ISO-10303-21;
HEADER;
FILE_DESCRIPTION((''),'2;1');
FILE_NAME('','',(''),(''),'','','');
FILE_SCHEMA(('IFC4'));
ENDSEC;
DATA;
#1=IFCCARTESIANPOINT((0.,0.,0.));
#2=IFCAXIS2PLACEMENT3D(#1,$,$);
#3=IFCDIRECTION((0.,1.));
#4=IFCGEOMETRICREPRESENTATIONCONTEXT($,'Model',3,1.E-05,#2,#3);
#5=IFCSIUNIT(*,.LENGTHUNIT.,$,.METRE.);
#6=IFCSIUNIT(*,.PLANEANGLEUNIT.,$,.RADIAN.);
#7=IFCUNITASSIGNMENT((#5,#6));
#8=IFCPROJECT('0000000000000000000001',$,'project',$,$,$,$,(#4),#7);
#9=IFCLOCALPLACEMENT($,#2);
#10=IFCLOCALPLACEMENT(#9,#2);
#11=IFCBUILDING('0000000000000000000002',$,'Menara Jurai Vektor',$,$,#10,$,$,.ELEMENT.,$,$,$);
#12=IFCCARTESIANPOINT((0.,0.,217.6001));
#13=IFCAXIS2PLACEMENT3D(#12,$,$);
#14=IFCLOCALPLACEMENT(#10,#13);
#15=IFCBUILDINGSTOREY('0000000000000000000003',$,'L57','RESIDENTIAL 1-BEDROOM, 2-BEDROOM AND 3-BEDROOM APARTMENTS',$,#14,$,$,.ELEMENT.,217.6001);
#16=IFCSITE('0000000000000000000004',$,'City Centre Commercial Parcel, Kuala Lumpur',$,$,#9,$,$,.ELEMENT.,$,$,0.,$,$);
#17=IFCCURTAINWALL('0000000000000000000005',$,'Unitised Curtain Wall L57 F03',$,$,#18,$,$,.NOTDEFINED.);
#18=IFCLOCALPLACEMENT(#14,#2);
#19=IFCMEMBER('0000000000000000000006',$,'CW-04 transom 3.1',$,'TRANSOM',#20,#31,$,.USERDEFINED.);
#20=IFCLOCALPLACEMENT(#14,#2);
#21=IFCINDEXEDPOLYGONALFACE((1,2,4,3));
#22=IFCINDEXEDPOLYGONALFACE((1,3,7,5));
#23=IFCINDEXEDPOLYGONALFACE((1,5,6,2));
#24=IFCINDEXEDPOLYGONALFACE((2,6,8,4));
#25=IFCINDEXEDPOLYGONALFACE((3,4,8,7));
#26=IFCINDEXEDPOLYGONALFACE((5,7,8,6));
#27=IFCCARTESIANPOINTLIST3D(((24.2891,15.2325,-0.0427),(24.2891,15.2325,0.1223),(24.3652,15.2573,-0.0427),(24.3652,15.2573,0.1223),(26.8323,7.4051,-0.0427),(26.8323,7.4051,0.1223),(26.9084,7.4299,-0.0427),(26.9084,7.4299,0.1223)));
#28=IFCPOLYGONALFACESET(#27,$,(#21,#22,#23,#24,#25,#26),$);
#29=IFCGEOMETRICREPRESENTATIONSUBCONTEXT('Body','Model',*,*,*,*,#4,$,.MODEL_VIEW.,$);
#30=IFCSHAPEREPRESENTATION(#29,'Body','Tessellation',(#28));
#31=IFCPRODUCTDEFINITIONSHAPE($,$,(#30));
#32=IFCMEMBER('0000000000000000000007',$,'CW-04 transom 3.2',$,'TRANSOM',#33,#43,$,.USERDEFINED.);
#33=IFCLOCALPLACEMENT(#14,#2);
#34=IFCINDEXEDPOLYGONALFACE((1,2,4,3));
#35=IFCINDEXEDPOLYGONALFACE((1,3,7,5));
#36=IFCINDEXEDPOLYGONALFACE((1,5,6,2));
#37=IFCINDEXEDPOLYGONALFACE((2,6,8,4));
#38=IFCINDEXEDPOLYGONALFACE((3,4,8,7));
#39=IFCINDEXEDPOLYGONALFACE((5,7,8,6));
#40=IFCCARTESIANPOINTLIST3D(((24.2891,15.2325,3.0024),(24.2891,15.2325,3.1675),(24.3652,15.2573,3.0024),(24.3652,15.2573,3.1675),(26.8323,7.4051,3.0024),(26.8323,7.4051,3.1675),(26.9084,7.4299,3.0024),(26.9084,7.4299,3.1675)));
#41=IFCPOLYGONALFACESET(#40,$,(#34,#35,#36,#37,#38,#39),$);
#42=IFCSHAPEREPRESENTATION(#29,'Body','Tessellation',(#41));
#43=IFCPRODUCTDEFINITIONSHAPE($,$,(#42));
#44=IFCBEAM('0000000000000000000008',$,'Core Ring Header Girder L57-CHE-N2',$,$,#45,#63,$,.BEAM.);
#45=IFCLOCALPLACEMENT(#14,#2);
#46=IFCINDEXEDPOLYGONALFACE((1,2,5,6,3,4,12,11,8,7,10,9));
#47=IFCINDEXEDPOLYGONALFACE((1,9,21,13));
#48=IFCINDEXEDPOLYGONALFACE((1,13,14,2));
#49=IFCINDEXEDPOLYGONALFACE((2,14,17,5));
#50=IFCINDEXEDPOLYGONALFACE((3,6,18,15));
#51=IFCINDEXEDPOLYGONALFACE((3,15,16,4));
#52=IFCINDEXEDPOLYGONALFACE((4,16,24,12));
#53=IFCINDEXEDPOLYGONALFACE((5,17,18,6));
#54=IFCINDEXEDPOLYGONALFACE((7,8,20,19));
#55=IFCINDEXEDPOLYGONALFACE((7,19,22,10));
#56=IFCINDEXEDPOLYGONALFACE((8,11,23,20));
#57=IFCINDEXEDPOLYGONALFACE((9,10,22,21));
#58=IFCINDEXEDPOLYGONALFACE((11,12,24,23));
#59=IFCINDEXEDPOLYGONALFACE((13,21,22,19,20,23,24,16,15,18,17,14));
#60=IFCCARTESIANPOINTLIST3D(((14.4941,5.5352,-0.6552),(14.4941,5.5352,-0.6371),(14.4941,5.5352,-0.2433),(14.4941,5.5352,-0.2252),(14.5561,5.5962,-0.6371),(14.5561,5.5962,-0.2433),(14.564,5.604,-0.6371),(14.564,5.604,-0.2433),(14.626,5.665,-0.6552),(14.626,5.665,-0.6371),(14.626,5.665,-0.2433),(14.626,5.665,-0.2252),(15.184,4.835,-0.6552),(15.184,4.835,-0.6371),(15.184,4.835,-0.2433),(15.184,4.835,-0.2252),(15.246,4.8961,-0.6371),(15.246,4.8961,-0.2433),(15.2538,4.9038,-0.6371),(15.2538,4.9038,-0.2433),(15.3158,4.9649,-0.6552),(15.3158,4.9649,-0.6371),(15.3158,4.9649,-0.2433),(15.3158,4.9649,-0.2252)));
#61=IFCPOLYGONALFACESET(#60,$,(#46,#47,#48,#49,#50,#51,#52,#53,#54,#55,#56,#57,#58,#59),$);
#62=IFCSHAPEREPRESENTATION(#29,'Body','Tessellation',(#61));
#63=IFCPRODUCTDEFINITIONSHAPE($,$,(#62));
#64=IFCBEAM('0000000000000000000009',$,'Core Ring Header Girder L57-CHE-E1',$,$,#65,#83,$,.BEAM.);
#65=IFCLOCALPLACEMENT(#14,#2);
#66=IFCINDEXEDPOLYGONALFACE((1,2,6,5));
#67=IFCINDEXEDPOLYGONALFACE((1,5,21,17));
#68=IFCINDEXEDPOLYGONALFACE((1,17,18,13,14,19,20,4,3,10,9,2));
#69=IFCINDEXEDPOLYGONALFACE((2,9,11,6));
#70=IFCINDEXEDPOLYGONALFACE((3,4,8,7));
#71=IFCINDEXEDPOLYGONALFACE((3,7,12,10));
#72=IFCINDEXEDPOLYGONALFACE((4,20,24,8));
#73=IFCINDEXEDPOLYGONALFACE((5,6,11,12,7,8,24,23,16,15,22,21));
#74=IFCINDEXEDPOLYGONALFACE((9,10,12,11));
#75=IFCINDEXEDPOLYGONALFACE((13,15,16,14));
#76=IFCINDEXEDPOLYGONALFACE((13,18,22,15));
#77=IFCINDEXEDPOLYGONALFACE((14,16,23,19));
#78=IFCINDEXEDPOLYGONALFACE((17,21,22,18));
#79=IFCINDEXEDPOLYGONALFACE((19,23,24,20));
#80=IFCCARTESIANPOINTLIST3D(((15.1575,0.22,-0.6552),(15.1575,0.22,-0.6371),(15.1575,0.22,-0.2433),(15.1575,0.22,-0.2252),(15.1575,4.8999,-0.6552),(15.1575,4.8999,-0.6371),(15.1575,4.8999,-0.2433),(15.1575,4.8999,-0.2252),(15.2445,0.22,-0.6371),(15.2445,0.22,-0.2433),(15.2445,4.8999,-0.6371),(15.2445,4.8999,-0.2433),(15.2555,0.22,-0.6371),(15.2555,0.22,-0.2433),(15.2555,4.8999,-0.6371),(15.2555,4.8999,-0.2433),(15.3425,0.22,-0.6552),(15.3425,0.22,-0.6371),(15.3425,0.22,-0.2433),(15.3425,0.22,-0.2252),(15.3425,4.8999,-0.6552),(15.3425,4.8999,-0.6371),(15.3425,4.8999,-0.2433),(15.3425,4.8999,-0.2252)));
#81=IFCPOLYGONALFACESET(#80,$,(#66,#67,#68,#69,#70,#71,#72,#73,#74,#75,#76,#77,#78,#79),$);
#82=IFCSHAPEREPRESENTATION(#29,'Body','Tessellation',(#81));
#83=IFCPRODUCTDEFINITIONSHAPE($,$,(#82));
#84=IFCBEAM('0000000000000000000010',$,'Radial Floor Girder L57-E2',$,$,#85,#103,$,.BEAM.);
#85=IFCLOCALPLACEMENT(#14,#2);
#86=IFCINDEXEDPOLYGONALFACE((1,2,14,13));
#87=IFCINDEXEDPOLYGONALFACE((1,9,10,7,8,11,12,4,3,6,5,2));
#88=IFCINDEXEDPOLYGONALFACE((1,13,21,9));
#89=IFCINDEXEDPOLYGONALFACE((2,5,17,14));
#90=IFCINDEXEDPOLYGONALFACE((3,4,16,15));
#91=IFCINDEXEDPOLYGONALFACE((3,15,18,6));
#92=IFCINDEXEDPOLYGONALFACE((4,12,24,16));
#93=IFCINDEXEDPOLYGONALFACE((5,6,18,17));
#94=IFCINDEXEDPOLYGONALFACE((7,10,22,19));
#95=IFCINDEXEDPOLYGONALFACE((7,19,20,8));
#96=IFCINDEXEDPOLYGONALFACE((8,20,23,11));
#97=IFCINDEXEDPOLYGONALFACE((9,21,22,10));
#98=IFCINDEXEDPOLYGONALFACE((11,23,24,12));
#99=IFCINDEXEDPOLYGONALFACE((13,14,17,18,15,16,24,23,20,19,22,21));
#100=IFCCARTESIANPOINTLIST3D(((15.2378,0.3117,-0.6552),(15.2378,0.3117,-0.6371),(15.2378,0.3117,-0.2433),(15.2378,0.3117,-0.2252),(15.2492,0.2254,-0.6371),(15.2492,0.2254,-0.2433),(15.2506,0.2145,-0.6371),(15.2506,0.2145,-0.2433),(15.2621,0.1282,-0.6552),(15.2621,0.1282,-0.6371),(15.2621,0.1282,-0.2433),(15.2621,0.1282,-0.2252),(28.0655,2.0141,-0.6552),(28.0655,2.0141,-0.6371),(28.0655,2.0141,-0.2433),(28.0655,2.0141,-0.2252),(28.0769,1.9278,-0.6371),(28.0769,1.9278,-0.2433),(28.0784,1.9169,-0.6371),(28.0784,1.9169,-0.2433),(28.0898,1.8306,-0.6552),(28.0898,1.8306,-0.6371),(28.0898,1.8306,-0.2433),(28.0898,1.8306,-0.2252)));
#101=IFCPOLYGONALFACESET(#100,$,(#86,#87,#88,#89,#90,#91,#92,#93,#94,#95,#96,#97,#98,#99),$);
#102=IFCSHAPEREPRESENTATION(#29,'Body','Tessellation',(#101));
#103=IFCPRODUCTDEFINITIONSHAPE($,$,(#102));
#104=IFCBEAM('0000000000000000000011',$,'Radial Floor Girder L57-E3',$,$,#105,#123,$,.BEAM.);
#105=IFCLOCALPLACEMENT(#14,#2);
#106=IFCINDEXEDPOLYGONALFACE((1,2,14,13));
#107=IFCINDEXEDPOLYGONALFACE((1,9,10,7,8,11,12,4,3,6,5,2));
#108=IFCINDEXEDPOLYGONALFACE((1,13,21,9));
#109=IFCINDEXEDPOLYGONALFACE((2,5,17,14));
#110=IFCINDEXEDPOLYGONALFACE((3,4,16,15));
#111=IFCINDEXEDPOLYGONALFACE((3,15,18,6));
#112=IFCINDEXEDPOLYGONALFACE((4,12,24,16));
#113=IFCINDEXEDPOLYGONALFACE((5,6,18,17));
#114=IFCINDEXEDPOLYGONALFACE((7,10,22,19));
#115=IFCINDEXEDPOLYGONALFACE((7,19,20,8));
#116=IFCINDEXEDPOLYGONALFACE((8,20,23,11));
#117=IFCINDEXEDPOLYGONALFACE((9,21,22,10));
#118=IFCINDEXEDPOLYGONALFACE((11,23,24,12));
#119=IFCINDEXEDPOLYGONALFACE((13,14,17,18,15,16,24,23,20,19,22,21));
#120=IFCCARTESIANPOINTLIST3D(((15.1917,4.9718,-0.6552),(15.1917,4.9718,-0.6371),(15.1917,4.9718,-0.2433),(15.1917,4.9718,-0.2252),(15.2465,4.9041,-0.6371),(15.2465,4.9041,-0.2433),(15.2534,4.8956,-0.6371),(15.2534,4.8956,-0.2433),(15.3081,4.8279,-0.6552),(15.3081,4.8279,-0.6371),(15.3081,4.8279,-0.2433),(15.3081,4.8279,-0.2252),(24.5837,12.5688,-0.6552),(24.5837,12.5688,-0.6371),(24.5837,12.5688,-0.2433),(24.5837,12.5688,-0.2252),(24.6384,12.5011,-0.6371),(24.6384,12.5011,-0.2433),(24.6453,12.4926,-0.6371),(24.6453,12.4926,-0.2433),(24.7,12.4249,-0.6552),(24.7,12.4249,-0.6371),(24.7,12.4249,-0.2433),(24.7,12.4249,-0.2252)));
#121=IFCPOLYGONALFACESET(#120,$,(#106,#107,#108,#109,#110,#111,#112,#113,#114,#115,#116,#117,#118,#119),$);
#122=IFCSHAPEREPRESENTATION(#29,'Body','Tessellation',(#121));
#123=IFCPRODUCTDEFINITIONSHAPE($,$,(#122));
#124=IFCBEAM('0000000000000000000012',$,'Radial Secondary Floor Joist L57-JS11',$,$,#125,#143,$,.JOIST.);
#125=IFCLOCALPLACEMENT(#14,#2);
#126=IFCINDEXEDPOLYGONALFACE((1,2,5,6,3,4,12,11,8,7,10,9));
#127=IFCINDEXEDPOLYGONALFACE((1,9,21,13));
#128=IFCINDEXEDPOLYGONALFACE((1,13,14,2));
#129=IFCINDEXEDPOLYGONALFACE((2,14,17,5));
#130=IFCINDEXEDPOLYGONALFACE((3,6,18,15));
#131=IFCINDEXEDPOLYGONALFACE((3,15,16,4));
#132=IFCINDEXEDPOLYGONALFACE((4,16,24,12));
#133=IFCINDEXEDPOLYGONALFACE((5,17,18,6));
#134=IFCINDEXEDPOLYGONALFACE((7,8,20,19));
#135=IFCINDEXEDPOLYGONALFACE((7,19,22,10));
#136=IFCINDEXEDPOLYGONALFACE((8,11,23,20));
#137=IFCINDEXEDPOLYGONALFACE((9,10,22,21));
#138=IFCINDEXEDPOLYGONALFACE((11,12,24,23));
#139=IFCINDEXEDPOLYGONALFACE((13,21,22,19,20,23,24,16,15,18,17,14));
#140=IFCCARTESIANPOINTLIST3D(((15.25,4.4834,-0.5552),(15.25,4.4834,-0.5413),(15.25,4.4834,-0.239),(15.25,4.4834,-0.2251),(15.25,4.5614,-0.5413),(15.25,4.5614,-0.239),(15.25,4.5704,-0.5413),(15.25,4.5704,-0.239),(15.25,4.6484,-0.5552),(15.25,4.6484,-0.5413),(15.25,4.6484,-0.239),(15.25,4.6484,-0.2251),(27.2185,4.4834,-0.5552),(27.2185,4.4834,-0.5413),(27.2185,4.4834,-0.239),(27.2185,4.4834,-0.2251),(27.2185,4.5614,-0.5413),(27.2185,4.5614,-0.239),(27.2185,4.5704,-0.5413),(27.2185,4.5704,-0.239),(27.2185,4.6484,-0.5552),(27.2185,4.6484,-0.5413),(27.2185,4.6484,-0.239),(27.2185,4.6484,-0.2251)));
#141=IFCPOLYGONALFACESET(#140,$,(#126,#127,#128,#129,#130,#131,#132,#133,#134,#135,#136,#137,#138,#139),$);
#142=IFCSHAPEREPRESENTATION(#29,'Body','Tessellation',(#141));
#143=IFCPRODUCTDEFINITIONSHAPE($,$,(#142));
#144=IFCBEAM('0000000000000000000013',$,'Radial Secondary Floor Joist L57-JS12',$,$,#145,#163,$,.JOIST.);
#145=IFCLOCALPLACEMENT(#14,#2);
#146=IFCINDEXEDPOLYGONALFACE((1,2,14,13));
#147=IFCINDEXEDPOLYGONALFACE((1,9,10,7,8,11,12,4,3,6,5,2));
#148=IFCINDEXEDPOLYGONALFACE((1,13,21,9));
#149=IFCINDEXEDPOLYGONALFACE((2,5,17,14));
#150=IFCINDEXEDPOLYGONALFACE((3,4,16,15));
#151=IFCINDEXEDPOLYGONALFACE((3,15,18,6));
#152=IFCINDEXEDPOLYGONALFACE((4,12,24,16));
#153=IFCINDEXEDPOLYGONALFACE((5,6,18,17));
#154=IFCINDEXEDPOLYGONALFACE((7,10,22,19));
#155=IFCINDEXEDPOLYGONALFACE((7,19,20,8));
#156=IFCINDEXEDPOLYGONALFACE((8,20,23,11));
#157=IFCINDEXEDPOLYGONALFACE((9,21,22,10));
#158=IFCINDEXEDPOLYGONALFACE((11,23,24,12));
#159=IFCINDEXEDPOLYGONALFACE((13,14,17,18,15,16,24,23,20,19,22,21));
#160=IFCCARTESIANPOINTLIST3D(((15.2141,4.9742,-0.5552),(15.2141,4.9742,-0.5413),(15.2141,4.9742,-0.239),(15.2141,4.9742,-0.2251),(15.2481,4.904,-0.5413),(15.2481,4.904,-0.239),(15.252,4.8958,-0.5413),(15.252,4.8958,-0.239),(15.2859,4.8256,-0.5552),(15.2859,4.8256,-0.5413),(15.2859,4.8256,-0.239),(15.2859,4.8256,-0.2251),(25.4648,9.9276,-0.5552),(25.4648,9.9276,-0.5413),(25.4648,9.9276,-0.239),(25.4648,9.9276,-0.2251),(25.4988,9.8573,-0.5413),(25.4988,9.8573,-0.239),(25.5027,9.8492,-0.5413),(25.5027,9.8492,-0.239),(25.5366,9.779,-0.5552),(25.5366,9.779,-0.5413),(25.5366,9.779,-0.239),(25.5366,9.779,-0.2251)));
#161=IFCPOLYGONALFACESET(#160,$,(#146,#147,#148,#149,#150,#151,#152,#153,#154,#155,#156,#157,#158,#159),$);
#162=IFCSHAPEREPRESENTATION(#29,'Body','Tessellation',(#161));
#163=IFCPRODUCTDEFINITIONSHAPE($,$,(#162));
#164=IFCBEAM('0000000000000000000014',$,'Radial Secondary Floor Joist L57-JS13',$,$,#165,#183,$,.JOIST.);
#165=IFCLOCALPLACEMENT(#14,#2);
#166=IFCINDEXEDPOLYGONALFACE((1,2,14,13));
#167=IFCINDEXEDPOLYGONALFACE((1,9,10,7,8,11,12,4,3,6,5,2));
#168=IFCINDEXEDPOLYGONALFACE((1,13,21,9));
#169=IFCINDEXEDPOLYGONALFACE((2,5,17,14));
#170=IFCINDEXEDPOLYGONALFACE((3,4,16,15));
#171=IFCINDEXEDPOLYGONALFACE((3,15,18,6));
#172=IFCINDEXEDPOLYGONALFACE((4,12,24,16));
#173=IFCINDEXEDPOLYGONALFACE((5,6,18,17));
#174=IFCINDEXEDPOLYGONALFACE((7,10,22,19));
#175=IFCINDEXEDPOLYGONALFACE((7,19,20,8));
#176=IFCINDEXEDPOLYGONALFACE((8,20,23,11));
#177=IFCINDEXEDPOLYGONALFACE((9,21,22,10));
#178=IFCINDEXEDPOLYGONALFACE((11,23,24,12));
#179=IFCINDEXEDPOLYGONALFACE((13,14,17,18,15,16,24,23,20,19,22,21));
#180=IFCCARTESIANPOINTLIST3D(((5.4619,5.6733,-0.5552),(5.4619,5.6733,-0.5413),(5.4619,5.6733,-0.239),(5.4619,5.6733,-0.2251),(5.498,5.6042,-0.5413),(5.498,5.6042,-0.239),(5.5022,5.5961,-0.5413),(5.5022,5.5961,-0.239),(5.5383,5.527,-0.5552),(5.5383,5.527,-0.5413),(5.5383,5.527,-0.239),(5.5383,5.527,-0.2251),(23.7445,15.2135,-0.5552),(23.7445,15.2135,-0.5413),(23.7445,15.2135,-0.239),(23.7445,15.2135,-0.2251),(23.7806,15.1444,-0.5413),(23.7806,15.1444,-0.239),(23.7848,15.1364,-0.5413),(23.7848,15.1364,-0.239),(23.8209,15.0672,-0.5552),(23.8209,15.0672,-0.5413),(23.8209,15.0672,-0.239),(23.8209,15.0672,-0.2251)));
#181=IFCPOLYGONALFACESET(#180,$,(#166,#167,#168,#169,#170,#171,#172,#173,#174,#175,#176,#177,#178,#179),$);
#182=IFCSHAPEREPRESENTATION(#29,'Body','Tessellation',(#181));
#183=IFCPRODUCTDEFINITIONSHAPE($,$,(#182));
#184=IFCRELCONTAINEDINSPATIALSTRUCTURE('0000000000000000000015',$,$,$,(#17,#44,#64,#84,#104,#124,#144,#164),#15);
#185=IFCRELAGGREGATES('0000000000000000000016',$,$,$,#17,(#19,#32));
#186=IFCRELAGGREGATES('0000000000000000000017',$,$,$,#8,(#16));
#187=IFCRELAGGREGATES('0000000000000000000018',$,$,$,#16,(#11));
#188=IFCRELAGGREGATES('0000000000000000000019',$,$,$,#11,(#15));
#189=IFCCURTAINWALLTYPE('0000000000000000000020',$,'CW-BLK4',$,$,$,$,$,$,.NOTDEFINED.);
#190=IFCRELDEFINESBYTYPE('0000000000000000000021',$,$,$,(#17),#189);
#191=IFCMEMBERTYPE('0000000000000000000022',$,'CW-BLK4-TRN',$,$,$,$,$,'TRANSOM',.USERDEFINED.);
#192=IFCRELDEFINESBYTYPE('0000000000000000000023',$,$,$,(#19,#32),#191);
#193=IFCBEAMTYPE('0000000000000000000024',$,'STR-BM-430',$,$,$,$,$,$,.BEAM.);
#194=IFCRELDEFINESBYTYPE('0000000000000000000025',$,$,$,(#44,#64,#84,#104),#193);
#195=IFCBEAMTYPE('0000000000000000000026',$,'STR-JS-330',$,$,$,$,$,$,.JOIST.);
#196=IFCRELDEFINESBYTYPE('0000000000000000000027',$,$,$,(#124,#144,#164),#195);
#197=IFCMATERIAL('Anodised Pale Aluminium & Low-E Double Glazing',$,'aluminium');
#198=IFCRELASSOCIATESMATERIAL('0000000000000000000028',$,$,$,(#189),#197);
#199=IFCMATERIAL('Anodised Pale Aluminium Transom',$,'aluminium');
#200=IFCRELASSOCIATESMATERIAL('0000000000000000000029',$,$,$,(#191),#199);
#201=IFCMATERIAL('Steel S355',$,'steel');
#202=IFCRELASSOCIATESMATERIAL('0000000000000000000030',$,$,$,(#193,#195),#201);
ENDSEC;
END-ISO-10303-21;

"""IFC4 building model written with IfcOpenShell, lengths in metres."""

from ifc_helpers import new_model, si_unit, direction, frame, origin, origin_2d, place, context, subcontext, project, spatial, rectangle, i_section, extrude, material, material_profile, profile_set, type_object, element, aggregate, save


model = new_model("IFC4")

# Units and contexts
model_context = context("Model", 3, precision=1e-05, world=origin(), true_north=direction((0.0, 1.0)))
body_context = subcontext(model_context, "Body", "Model", "MODEL_VIEW")
ifc_project = project(units=[si_unit("LENGTHUNIT", "METRE"), si_unit("PLANEANGLEUNIT", "RADIAN")], contexts=[model_context])

# Site, building, storey
site_placement = place(None, origin())
site = spatial("IfcSite", under=ifc_project, at=site_placement, Name="City Centre Commercial Parcel, Kuala Lumpur", CompositionType="ELEMENT", RefElevation=0.0)
building_placement = place(site_placement, origin())
building = spatial("IfcBuilding", under=site, at=building_placement, Name="Menara Jurai Vektor", CompositionType="ELEMENT")
storey_placement = place(building_placement, frame((0.0, 0.0, 217.6001)))
storey = spatial("IfcBuildingStorey", under=building, at=storey_placement, Name="L57", Description="RESIDENTIAL 1-BEDROOM, 2-BEDROOM AND 3-BEDROOM APARTMENTS", CompositionType="ELEMENT", Elevation=217.6001)

# Curtain wall, members
ifc_material_1 = material(Name="Anodised Pale Aluminium & Low-E Double Glazing", Category="aluminium")
curtain_wall_type = type_object("IfcCurtainWallType", Name="CW-BLK4", PredefinedType="NOTDEFINED", material=ifc_material_1)
curtain_wall_placement = place(storey_placement, origin())
curtain_wall = element("IfcCurtainWall", 1, at=curtain_wall_placement, inside=storey, type_object=curtain_wall_type, Name="Unitised Curtain Wall L57 F03", PredefinedType="NOTDEFINED")
ifc_material_2 = material(Name="Anodised Pale Aluminium Transom", Category="aluminium")
ifc_material_profile_1 = material_profile(ifc_material_2, rectangle(XDim=0.0801, YDim=0.165, at=origin_2d()), Name="ALU TRN 80x165")
ifc_profile_set_1 = profile_set([ifc_material_profile_1], Name="Anodised Pale Aluminium Transom")
member_type_1 = type_object("IfcMemberType", Name="CW-BLK4-TRN", ElementType="TRANSOM", PredefinedType="USERDEFINED", material=ifc_profile_set_1)
member_1_placement = place(storey_placement, frame((26.8704, 7.4175, 0.0398), z_axis=(-0.30901, 0.951059, 0.0), x_axis=(-0.951059, -0.30901, 0.0)))
member_1 = element("IfcMember", 2, at=member_1_placement, type_object=member_type_1, Name="CW-04 transom 3.1", ObjectType="TRANSOM", PredefinedType="USERDEFINED", context=body_context, shape_type="SweptSolid", body=[
    extrude(rectangle(XDim=0.0801, YDim=0.165, at=origin_2d()), origin(), (0.0, 0.0, 1.0), 8.2302),
])
member_2_placement = place(storey_placement, frame((26.8704, 7.4175, 3.085), z_axis=(-0.30901, 0.951059, 0.0), x_axis=(-0.951059, -0.30901, 0.0)))
member_2 = element("IfcMember", 3, at=member_2_placement, type_object=member_type_1, Name="CW-04 transom 3.2", ObjectType="TRANSOM", PredefinedType="USERDEFINED", context=body_context, shape_type="SweptSolid", body=[
    extrude(rectangle(XDim=0.0801, YDim=0.165, at=origin_2d()), origin(), (0.0, 0.0, 1.0), 8.2302),
])

# Beams
ifc_material_3 = material(Name="Steel S355", Category="steel")
ifc_material_profile_2 = material_profile(ifc_material_3, i_section(OverallWidth=0.1851, OverallDepth=0.4299, WebThickness=0.011, FlangeThickness=0.0181, at=origin_2d()), Name="PG 430x185x76")
ifc_profile_set_2 = profile_set([ifc_material_profile_2], Name="Steel S355")
beam_type_1 = type_object("IfcBeamType", Name="STR-BM-430", PredefinedType="BEAM", material=ifc_profile_set_2)
beam_1_placement = place(storey_placement, frame((14.5601, 5.6001, -0.4402), z_axis=(0.701872, -0.712303, 0.0), x_axis=(0.712303, 0.701872, 0.0)))
element("IfcBeam", 4, at=beam_1_placement, inside=storey, type_object=beam_type_1, Name="Core Ring Header Girder L57-CHE-N2", PredefinedType="BEAM", context=body_context, shape_type="SweptSolid", body=[
    extrude(i_section(OverallWidth=0.1851, OverallDepth=0.4299, WebThickness=0.011, FlangeThickness=0.0181, at=origin_2d()), origin(), (0.0, 0.0, 1.0), 0.9829),
])
beam_2_placement = place(storey_placement, frame((15.25, 0.22, -0.4402), z_axis=(0.0, 1.0, 0.0), x_axis=(-1.0, 0.0, 0.0)))
element("IfcBeam", 5, at=beam_2_placement, inside=storey, type_object=beam_type_1, Name="Core Ring Header Girder L57-CHE-E1", PredefinedType="BEAM", context=body_context, shape_type="SweptSolid", body=[
    extrude(i_section(OverallWidth=0.1851, OverallDepth=0.4299, WebThickness=0.011, FlangeThickness=0.0181, at=origin_2d()), origin(), (0.0, 0.0, 1.0), 4.6799),
])
beam_3_placement = place(storey_placement, frame((28.0776, 1.9224, -0.4402), z_axis=(-0.991308, -0.131559, 0.0), x_axis=(0.131559, -0.991308, 0.0)))
element("IfcBeam", 6, at=beam_3_placement, inside=storey, type_object=beam_type_1, Name="Radial Floor Girder L57-E2", PredefinedType="BEAM", context=body_context, shape_type="SweptSolid", body=[
    extrude(i_section(OverallWidth=0.1851, OverallDepth=0.4299, WebThickness=0.011, FlangeThickness=0.0181, at=origin_2d()), origin(), (0.0, 0.0, 1.0), 12.9402),
])
beam_4_placement = place(storey_placement, frame((24.6418, 12.4968, -0.4402), z_axis=(-0.777488, -0.628898, 0.0), x_axis=(0.628898, -0.777488, 0.0)))
element("IfcBeam", 7, at=beam_4_placement, inside=storey, type_object=beam_type_1, Name="Radial Floor Girder L57-E3", PredefinedType="BEAM", context=body_context, shape_type="SweptSolid", body=[
    extrude(i_section(OverallWidth=0.1851, OverallDepth=0.4299, WebThickness=0.011, FlangeThickness=0.0181, at=origin_2d()), origin(), (0.0, 0.0, 1.0), 12.0798),
])
ifc_material_profile_3 = material_profile(ifc_material_3, i_section(OverallWidth=0.165, OverallDepth=0.3301, WebThickness=0.009, FlangeThickness=0.0139, at=origin_2d()), Name="PG 330x165x46")
ifc_profile_set_3 = profile_set([ifc_material_profile_3], Name="Steel S355")
beam_type_2 = type_object("IfcBeamType", Name="STR-JS-330", PredefinedType="JOIST", material=ifc_profile_set_3)
beam_5_placement = place(storey_placement, frame((27.2185, 4.5659, -0.3901), z_axis=(-1.0, 0.0, 0.0), x_axis=(0.0, -1.0, 0.0)))
element("IfcBeam", 8, at=beam_5_placement, inside=storey, type_object=beam_type_2, Name="Radial Secondary Floor Joist L57-JS11", PredefinedType="JOIST", context=body_context, shape_type="SweptSolid", body=[
    extrude(i_section(OverallWidth=0.165, OverallDepth=0.3301, WebThickness=0.009, FlangeThickness=0.0139, at=origin_2d()), origin(), (0.0, 0.0, 1.0), 11.9685),
])
beam_6_placement = place(storey_placement, frame((25.5007, 9.8533, -0.3901), z_axis=(-0.900389, -0.435087, 0.0), x_axis=(0.435087, -0.900389, 0.0)))
element("IfcBeam", 9, at=beam_6_placement, inside=storey, type_object=beam_type_2, Name="Radial Secondary Floor Joist L57-JS12", PredefinedType="JOIST", context=body_context, shape_type="SweptSolid", body=[
    extrude(i_section(OverallWidth=0.165, OverallDepth=0.3301, WebThickness=0.009, FlangeThickness=0.0139, at=origin_2d()), origin(), (0.0, 0.0, 1.0), 11.3848),
])
beam_7_placement = place(storey_placement, frame((23.7827, 15.1404, -0.3901), z_axis=(-0.886556, -0.462622, 0.0), x_axis=(0.462622, -0.886556, 0.0)))
element("IfcBeam", 10, at=beam_7_placement, inside=storey, type_object=beam_type_2, Name="Radial Secondary Floor Joist L57-JS13", PredefinedType="JOIST", context=body_context, shape_type="SweptSolid", body=[
    extrude(i_section(OverallWidth=0.165, OverallDepth=0.3301, WebThickness=0.009, FlangeThickness=0.0139, at=origin_2d()), origin(), (0.0, 0.0, 1.0), 20.6221),
])

aggregate(curtain_wall, [member_1, member_2])

save(model, "model.ifc")
